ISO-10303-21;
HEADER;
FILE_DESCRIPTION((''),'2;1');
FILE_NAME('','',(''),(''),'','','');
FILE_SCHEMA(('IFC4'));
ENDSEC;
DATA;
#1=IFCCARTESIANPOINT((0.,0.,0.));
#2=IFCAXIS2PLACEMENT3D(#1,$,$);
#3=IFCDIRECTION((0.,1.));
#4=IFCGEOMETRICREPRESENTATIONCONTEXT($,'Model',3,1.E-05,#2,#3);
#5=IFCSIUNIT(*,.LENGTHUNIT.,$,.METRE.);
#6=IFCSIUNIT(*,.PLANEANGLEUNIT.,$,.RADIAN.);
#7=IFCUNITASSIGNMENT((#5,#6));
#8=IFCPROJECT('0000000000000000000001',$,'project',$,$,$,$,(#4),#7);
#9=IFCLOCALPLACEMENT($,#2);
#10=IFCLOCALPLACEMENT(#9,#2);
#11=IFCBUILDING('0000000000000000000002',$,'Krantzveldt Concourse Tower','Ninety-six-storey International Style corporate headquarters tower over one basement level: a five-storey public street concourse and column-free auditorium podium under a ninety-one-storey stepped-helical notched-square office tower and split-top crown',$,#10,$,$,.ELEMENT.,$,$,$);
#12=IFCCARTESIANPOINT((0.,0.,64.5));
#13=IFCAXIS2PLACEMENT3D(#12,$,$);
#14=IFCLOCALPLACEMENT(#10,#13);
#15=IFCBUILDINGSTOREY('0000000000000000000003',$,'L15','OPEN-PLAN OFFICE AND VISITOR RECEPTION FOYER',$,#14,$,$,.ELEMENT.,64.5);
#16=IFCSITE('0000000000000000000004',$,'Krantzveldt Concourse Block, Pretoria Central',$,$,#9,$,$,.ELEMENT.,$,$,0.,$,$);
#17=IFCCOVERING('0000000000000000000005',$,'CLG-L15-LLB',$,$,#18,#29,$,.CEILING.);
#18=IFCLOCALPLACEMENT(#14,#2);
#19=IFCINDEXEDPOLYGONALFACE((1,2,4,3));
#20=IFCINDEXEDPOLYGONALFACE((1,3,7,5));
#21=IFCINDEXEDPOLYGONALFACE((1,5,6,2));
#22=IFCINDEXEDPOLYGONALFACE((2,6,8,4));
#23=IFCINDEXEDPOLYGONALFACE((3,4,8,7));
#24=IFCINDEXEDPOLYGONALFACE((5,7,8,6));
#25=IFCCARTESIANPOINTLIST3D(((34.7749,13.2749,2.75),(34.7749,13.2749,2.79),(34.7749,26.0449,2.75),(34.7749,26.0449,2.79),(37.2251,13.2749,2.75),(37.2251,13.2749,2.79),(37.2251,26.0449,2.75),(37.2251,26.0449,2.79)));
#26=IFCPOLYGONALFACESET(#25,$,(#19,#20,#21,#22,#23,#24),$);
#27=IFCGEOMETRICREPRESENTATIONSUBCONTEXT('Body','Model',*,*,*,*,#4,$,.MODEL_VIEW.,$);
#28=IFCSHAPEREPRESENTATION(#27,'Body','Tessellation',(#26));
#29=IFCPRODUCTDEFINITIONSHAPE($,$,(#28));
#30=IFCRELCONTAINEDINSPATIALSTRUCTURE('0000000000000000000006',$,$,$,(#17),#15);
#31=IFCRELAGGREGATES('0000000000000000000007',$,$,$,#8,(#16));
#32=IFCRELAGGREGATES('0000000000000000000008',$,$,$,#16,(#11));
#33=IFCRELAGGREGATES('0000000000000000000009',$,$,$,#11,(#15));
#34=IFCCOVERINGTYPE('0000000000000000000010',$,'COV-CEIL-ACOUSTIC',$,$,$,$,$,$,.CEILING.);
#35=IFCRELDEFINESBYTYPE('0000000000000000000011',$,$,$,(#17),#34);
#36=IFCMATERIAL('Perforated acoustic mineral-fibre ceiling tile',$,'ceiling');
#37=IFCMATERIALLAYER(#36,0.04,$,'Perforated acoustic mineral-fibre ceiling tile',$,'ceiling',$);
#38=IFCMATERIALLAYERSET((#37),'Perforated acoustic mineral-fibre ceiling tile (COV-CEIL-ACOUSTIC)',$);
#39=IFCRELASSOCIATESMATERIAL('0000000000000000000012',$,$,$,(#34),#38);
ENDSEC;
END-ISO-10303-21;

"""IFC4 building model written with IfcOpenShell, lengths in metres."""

from ifc_helpers import new_model, si_unit, direction, frame, origin, place, context, subcontext, project, spatial, polyline, outline, extrude, material, layer, layer_set, type_object, element, save


model = new_model("IFC4")

# Units and contexts
model_context = context("Model", 3, precision=1e-05, world=origin(), true_north=direction((0.0, 1.0)))
body_context = subcontext(model_context, "Body", "Model", "MODEL_VIEW")
ifc_project = project(units=[si_unit("LENGTHUNIT", "METRE"), si_unit("PLANEANGLEUNIT", "RADIAN")], contexts=[model_context])

# Site, building, storey
site_placement = place(None, origin())
site = spatial("IfcSite", under=ifc_project, at=site_placement, Name="Krantzveldt Concourse Block, Pretoria Central", CompositionType="ELEMENT", RefElevation=0.0)
building_placement = place(site_placement, origin())
building = spatial("IfcBuilding", under=site, at=building_placement, Name="Krantzveldt Concourse Tower", Description="Ninety-six-storey International Style corporate headquarters tower over one basement level: a five-storey public street concourse and column-free auditorium podium under a ninety-one-storey stepped-helical notched-square office tower and split-top crown", CompositionType="ELEMENT")
storey_placement = place(building_placement, frame((0.0, 0.0, 64.5)))
storey = spatial("IfcBuildingStorey", under=building, at=storey_placement, Name="L15", Description="OPEN-PLAN OFFICE AND VISITOR RECEPTION FOYER", CompositionType="ELEMENT", Elevation=64.5)

# Covering
ifc_material_1 = material(Name="Perforated acoustic mineral-fibre ceiling tile", Category="ceiling")
ifc_layer_1 = layer(ifc_material_1, 0.04, Name="Perforated acoustic mineral-fibre ceiling tile", Category="ceiling")
ifc_layer_set_1 = layer_set([ifc_layer_1], Name="Perforated acoustic mineral-fibre ceiling tile (COV-CEIL-ACOUSTIC)")
covering_type = type_object("IfcCoveringType", Name="COV-CEIL-ACOUSTIC", PredefinedType="CEILING", material=ifc_layer_set_1)
covering_placement = place(storey_placement, frame((0.0, 0.0, 2.75)))
element("IfcCovering", 1, at=covering_placement, inside=storey, type_object=covering_type, Name="CLG-L15-LLB", PredefinedType="CEILING", context=body_context, shape_type="SweptSolid", body=[
    extrude(outline(polyline([(37.2251, 13.2749), (34.7749, 13.2749), (34.7749, 26.0449), (37.2251, 26.0449), (37.2251, 13.2749)])), origin(), (0.0, 0.0, 1.0), 0.04),
])

save(model, "model.ifc")
